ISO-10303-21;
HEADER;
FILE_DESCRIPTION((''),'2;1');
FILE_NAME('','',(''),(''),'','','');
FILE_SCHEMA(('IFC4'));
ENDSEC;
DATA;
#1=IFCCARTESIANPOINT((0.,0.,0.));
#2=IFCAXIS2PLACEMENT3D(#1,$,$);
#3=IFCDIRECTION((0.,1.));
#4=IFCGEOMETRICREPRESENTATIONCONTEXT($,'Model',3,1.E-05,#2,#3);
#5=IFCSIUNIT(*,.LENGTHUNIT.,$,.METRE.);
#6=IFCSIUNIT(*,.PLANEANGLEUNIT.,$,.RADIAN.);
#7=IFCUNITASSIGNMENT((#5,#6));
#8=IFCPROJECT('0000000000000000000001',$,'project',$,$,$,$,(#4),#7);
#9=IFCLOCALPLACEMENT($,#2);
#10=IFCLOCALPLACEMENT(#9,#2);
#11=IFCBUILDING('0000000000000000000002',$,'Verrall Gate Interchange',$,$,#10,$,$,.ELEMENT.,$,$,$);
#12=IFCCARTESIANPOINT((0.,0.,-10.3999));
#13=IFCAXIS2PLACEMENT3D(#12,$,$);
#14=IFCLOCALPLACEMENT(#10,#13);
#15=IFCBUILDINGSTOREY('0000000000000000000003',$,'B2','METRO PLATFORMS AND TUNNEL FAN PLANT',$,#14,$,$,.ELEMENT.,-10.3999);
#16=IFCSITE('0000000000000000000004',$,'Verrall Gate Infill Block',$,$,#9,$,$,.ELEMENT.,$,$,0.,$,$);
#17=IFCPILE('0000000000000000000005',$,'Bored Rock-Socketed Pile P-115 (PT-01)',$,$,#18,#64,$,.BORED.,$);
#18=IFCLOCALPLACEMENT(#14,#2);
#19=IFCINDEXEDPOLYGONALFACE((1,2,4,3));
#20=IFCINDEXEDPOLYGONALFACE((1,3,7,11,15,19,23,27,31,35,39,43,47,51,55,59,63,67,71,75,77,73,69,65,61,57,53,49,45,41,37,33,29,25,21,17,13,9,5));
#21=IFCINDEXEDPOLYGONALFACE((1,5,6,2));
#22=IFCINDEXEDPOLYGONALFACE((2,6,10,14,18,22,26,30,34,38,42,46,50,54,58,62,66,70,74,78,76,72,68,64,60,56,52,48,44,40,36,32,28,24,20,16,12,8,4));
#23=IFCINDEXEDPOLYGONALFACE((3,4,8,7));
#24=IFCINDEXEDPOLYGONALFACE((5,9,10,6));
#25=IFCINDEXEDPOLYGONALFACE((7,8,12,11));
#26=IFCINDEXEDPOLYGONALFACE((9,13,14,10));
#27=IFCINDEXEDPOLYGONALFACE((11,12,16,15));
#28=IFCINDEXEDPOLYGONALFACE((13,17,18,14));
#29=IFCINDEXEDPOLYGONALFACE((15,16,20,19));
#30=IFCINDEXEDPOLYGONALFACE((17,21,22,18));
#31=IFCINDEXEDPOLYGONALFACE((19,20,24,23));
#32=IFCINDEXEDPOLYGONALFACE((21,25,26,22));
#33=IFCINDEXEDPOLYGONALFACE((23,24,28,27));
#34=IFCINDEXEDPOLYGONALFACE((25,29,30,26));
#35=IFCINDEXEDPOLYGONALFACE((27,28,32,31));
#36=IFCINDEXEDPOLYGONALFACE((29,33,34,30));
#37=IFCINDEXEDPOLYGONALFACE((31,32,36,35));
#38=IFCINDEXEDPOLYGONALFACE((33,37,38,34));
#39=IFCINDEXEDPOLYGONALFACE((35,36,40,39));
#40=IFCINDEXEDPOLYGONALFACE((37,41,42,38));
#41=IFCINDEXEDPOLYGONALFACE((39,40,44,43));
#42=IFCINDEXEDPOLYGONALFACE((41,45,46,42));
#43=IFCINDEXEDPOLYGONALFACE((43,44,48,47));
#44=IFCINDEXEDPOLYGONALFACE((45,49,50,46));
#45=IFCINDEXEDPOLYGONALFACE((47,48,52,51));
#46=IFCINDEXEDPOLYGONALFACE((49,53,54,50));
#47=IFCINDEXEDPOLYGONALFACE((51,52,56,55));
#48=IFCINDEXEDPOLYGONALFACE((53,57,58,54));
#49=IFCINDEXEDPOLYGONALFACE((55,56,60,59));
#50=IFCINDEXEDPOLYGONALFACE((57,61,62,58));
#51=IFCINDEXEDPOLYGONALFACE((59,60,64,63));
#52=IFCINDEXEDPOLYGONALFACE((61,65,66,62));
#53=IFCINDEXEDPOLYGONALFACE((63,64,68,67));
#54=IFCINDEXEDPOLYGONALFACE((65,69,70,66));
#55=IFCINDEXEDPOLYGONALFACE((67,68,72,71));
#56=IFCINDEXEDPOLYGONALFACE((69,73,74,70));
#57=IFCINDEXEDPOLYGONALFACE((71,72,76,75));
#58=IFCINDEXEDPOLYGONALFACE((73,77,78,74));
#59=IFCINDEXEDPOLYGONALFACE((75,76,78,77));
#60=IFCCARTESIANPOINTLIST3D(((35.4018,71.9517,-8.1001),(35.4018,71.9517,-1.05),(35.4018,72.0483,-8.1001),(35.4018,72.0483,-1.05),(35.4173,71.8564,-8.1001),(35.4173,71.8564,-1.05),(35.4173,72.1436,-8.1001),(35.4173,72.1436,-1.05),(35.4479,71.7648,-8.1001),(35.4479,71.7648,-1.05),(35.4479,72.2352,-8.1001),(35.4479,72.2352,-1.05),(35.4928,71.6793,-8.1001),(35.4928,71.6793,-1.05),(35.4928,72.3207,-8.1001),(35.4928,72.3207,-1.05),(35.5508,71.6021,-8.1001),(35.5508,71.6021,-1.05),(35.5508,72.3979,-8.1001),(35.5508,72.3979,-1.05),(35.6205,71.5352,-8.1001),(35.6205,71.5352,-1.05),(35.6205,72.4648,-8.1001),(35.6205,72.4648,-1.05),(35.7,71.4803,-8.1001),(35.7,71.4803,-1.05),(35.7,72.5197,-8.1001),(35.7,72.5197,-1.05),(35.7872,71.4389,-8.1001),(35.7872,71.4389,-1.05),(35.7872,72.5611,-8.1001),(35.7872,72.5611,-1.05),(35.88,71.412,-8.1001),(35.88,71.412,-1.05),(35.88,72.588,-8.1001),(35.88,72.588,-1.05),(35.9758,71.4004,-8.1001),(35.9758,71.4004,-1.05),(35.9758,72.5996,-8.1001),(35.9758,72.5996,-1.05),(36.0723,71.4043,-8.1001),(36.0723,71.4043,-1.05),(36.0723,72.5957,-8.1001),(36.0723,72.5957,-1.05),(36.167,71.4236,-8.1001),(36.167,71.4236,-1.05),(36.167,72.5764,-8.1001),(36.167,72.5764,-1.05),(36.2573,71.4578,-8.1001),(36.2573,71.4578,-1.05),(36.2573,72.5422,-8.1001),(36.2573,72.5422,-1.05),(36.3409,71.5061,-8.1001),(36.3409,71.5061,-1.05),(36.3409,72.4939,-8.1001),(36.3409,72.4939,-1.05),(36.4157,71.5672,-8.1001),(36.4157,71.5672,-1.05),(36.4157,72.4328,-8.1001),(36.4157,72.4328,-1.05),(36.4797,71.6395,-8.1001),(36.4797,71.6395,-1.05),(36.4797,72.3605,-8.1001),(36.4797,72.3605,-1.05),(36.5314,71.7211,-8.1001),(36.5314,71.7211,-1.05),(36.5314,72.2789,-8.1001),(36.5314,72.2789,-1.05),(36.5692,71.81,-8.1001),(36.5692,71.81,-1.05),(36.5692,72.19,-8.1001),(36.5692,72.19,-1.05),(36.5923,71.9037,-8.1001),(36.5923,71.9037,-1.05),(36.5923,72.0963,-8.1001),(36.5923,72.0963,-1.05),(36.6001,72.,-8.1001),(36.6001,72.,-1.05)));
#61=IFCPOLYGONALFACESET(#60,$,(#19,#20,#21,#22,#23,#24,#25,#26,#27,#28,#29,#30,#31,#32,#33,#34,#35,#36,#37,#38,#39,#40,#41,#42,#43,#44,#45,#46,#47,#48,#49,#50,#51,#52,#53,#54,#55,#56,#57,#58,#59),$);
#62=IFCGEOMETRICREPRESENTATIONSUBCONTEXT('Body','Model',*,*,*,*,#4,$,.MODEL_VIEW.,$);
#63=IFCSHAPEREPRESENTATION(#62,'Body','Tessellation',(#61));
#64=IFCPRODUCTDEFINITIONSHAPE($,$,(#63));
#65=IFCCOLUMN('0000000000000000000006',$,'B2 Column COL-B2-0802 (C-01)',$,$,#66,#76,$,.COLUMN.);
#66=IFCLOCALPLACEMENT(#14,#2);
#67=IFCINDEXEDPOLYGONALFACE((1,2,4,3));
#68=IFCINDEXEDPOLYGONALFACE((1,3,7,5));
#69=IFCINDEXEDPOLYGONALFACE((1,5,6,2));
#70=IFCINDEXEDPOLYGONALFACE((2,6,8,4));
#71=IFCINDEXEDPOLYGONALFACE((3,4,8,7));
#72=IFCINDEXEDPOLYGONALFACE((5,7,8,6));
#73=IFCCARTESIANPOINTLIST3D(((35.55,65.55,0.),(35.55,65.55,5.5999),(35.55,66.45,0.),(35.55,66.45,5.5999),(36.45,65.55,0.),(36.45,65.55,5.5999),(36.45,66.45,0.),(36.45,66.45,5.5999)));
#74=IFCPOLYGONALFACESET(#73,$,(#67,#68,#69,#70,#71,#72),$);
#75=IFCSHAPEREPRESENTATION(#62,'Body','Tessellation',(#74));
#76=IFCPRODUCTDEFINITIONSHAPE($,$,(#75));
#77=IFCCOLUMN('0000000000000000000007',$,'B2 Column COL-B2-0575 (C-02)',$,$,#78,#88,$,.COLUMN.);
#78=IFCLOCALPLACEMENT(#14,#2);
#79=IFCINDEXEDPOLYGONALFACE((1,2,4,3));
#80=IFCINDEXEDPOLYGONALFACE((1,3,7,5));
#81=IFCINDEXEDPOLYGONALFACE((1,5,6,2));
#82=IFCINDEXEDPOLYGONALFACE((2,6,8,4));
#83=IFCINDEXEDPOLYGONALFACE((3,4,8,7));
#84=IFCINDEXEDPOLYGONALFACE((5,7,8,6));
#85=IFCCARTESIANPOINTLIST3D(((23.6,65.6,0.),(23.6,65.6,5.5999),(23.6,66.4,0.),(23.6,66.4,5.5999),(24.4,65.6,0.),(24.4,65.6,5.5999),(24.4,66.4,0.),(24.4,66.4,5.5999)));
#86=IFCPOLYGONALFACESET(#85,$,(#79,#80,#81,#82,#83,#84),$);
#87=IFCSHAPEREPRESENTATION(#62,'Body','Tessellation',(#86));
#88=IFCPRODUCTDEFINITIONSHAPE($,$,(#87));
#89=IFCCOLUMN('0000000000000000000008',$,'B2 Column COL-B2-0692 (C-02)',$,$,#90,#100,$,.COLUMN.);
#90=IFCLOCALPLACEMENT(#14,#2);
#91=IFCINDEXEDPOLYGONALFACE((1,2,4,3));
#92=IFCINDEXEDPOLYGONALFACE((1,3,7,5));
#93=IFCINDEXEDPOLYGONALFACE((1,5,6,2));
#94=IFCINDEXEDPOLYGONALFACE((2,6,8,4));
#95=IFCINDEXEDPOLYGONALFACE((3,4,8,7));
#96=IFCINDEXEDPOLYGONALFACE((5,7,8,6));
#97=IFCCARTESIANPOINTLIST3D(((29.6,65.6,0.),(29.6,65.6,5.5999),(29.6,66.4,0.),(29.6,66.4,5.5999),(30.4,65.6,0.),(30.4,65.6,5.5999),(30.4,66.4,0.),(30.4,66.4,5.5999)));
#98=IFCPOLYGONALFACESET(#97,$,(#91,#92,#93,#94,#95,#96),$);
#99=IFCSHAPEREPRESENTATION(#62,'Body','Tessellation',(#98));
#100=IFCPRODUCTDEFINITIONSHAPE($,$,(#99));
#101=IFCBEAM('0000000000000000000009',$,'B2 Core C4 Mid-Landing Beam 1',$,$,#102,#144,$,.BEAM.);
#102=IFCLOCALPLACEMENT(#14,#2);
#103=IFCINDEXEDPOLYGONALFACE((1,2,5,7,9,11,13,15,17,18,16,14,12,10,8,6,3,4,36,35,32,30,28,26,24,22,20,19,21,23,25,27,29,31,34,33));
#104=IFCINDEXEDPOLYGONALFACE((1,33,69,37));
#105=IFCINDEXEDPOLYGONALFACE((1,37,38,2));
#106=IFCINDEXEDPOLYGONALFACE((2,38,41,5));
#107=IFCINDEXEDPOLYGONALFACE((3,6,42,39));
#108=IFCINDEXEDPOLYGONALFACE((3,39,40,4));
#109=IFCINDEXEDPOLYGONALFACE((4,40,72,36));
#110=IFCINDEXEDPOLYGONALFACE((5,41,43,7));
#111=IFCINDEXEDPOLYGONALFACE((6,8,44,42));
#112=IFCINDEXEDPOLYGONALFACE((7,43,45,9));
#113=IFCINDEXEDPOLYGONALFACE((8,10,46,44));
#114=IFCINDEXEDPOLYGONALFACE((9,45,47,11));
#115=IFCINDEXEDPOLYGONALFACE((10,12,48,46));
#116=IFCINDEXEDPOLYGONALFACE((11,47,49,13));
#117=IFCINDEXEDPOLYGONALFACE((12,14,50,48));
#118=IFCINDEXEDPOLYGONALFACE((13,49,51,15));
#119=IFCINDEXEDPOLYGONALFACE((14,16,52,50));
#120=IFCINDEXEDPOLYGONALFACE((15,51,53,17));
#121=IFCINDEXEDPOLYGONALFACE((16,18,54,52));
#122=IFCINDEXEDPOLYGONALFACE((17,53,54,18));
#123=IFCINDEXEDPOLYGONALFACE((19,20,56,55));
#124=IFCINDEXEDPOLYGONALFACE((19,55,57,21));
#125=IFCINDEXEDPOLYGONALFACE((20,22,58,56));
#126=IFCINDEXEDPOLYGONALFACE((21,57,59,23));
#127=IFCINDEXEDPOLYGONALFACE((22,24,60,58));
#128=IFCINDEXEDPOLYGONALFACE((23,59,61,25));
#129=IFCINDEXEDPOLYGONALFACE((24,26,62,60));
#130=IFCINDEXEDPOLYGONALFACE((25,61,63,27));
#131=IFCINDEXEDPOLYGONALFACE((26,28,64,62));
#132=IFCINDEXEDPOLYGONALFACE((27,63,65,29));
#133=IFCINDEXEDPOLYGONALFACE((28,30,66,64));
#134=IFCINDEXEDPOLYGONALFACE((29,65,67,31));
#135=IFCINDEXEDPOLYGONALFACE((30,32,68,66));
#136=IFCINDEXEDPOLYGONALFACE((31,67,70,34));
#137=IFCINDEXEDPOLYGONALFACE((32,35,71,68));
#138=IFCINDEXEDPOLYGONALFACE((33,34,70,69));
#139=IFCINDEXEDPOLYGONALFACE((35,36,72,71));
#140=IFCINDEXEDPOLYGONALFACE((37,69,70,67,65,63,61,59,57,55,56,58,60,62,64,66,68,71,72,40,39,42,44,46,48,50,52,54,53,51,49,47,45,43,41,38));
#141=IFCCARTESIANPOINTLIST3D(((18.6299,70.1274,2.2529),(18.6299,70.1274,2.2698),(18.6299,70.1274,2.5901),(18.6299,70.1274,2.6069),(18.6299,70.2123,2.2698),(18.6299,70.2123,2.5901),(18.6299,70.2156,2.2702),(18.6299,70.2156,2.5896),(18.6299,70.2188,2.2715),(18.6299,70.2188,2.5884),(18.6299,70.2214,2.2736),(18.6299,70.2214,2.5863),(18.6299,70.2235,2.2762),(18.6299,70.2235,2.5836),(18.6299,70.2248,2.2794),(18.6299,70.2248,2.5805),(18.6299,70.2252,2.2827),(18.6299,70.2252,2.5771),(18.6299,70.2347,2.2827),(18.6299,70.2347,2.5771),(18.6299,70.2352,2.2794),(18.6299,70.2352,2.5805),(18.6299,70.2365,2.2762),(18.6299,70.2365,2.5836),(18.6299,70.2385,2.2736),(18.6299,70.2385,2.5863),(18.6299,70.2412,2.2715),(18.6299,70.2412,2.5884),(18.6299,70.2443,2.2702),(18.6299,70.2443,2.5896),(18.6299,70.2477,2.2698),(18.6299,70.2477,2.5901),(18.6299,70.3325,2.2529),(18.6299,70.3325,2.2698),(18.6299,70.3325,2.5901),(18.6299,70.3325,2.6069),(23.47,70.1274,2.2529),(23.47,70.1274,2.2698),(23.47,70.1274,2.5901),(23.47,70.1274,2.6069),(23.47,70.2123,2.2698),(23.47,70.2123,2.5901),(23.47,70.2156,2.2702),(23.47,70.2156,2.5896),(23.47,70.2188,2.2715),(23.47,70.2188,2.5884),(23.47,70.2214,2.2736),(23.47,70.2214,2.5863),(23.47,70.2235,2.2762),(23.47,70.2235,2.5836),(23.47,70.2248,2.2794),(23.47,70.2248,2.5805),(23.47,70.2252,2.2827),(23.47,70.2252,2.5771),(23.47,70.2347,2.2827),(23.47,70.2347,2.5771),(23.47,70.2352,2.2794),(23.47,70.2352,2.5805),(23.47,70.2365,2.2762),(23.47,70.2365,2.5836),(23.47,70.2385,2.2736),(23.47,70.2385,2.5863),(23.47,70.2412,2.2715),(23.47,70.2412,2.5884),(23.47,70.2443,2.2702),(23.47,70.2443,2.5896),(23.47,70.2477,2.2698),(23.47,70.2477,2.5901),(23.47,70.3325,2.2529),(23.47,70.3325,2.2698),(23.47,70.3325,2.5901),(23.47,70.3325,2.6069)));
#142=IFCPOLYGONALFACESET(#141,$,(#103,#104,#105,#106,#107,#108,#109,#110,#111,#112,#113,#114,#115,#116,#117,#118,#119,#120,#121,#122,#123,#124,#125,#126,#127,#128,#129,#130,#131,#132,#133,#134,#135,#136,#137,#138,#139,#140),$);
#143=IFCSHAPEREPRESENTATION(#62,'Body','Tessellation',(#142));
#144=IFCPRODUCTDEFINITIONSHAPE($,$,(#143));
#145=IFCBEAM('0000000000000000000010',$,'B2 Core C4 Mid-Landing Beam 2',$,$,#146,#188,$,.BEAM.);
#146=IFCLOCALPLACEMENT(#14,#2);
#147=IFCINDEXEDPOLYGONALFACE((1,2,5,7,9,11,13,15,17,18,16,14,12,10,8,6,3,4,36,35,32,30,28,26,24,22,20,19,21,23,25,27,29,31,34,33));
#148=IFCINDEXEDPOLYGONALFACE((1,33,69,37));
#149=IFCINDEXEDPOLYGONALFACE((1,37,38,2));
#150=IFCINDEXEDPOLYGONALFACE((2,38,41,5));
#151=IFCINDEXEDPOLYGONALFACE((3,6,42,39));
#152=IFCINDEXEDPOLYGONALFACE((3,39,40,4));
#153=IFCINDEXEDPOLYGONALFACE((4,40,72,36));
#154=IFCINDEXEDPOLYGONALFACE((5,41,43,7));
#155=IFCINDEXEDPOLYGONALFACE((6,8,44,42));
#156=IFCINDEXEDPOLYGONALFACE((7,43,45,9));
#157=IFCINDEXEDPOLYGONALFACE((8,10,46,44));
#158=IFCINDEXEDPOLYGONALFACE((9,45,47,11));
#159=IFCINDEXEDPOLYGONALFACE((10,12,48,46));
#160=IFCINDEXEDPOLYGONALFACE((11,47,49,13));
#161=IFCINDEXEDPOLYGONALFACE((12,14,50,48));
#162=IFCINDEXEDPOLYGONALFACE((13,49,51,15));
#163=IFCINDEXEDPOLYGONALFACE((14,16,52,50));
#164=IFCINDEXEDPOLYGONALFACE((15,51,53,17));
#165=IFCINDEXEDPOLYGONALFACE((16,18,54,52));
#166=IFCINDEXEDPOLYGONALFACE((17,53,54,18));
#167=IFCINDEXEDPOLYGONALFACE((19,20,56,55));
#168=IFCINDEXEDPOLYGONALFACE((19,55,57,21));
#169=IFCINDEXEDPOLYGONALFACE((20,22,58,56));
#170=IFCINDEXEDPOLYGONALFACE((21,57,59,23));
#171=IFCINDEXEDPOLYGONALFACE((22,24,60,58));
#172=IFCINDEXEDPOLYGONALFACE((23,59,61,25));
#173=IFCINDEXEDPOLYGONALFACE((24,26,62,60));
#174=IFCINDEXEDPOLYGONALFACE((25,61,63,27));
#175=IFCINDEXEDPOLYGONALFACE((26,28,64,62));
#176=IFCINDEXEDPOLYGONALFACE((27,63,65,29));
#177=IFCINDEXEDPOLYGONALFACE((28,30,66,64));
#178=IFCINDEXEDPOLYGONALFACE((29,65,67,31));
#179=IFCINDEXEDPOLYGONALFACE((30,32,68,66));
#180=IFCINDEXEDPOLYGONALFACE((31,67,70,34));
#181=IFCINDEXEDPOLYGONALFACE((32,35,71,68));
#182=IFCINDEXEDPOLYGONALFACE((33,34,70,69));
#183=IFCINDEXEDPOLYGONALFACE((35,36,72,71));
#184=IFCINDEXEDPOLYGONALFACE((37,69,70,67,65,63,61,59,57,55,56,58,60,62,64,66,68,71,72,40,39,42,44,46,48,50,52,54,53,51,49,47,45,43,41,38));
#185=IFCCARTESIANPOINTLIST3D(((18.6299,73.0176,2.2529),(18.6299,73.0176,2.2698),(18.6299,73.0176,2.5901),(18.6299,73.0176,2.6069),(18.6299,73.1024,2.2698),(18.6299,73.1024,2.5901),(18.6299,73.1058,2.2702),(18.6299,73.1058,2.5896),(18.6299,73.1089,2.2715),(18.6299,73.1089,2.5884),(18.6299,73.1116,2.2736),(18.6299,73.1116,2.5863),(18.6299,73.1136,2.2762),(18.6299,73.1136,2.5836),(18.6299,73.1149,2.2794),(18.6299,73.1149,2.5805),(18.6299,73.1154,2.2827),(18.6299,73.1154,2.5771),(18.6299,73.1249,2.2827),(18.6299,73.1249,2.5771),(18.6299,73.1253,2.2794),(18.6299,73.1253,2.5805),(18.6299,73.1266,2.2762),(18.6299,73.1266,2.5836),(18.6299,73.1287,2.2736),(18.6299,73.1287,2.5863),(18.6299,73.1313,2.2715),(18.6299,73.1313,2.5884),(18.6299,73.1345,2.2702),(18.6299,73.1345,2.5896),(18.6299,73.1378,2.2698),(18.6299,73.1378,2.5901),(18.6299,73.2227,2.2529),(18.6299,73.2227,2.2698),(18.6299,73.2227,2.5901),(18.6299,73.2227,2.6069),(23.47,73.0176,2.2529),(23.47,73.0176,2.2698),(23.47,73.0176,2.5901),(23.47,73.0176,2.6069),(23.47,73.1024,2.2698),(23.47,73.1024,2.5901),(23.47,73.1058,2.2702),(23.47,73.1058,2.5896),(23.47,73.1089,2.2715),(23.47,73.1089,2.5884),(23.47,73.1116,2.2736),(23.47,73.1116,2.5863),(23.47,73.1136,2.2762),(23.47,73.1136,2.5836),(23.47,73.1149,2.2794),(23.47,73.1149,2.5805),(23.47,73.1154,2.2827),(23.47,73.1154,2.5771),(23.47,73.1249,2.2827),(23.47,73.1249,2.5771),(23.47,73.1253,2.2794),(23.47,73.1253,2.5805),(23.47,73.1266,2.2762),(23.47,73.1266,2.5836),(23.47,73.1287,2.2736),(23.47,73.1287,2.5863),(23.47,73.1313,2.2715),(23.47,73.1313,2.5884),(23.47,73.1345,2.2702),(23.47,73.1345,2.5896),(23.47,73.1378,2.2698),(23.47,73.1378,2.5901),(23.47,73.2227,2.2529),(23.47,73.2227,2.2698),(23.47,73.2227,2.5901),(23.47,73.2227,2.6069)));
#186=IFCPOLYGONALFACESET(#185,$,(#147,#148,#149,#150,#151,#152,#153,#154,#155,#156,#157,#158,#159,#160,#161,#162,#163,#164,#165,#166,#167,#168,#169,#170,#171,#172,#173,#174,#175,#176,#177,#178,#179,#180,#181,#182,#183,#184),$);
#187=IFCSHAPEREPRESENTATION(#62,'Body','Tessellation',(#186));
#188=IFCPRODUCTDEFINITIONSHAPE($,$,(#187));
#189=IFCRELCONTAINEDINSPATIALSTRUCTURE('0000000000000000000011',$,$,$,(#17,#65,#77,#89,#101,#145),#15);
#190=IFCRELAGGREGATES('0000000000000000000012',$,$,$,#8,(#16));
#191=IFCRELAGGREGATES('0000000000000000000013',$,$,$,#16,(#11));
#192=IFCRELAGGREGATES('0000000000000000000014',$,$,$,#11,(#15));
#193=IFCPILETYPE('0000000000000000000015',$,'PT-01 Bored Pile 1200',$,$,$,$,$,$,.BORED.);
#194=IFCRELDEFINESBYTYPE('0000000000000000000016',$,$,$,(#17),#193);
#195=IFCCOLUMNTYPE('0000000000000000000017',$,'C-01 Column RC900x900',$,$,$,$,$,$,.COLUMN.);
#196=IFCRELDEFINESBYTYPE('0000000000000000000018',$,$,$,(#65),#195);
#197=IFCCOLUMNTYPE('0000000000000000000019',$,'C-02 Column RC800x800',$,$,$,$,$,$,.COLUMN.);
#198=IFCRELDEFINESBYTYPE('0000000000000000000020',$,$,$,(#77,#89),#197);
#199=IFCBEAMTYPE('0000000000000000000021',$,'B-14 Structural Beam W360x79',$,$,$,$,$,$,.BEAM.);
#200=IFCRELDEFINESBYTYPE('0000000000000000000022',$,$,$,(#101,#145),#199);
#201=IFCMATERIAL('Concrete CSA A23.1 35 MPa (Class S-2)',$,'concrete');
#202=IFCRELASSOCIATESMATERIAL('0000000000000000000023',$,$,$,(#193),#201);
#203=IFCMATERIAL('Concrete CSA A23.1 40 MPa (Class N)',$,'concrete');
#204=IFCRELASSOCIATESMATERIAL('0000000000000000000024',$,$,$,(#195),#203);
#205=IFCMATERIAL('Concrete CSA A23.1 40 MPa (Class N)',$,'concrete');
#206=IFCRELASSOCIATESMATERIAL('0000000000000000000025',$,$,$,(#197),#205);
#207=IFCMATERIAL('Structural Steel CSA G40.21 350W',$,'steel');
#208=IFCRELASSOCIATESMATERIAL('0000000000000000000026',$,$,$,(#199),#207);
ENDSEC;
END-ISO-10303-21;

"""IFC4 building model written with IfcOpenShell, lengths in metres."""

from ifc_helpers import new_model, si_unit, direction, frame, origin, origin_2d, place, context, subcontext, project, spatial, rectangle, circle, i_section, extrude, material, material_profile, profile_set, type_object, element, save


model = new_model("IFC4")

# Units and contexts
model_context = context("Model", 3, precision=1e-05, world=origin(), true_north=direction((0.0, 1.0)))
body_context = subcontext(model_context, "Body", "Model", "MODEL_VIEW")
ifc_project = project(units=[si_unit("LENGTHUNIT", "METRE"), si_unit("PLANEANGLEUNIT", "RADIAN")], contexts=[model_context])

# Site, building, storey
site_placement = place(None, origin())
site = spatial("IfcSite", under=ifc_project, at=site_placement, Name="Verrall Gate Infill Block", CompositionType="ELEMENT", RefElevation=0.0)
building_placement = place(site_placement, origin())
building = spatial("IfcBuilding", under=site, at=building_placement, Name="Verrall Gate Interchange", CompositionType="ELEMENT")
storey_placement = place(building_placement, frame((0.0, 0.0, -10.3999)))
storey = spatial("IfcBuildingStorey", under=building, at=storey_placement, Name="B2", Description="METRO PLATFORMS AND TUNNEL FAN PLANT", CompositionType="ELEMENT", Elevation=-10.3999)

# Pile
ifc_material_1 = material(Name="Concrete CSA A23.1 35 MPa (Class S-2)", Category="concrete")
ifc_material_profile_1 = material_profile(ifc_material_1, circle(Radius=0.6001, at=origin_2d()), Name="PILE1200D")
ifc_profile_set_1 = profile_set([ifc_material_profile_1], Name="Concrete CSA A23.1 35 MPa (Class S-2)")
pile_type = type_object("IfcPileType", Name="PT-01 Bored Pile 1200", PredefinedType="BORED", material=ifc_profile_set_1)
for number, where, z_axis, x_axis, name in (
    (1, (36.0, 72.0, -1.05), (0.0, 0.0, -1.0), (1.0, 0.0, 0.0), "Bored Rock-Socketed Pile P-115 (PT-01)"),
):
    element("IfcPile", number, at=place(storey_placement, frame(where, z_axis=z_axis, x_axis=x_axis)), inside=storey, type_object=pile_type, Name=name, PredefinedType="BORED", context=body_context, shape_type="SweptSolid", body=[
        extrude(circle(Radius=0.6001, at=origin_2d()), origin(), (0.0, 0.0, 1.0), 7.05),
    ])

# Columns
ifc_material_2 = material(Name="Concrete CSA A23.1 40 MPa (Class N)", Category="concrete")
ifc_material_profile_2 = material_profile(ifc_material_2, rectangle(XDim=0.8999, YDim=0.8999, at=origin_2d()), Name="RC900x900")
ifc_profile_set_2 = profile_set([ifc_material_profile_2], Name="Concrete CSA A23.1 40 MPa (Class N)")
column_type_1 = type_object("IfcColumnType", Name="C-01 Column RC900x900", PredefinedType="COLUMN", material=ifc_profile_set_2)
column_placement = place(storey_placement, frame((36.0, 66.0, 0.0), z_axis=(0.0, 0.0, 1.0), x_axis=(1.0, 0.0, 0.0)))
element("IfcColumn", 2, at=column_placement, inside=storey, type_object=column_type_1, Name="B2 Column COL-B2-0802 (C-01)", PredefinedType="COLUMN", context=body_context, shape_type="SweptSolid", body=[
    extrude(rectangle(XDim=0.8999, YDim=0.8999, at=origin_2d()), origin(), (0.0, 0.0, 1.0), 5.5999),
])
ifc_material_3 = material(Name="Concrete CSA A23.1 40 MPa (Class N)", Category="concrete")
ifc_material_profile_3 = material_profile(ifc_material_3, rectangle(XDim=0.8, YDim=0.8, at=origin_2d()), Name="RC800x800")
ifc_profile_set_3 = profile_set([ifc_material_profile_3], Name="Concrete CSA A23.1 40 MPa (Class N)")
column_type_2 = type_object("IfcColumnType", Name="C-02 Column RC800x800", PredefinedType="COLUMN", material=ifc_profile_set_3)
for number, where, z_axis, x_axis, name in (
    (3, (24.0, 66.0, 0.0), (0.0, 0.0, 1.0), (1.0, 0.0, 0.0), "B2 Column COL-B2-0575 (C-02)"),
    (4, (30.0, 66.0, 0.0), (0.0, 0.0, 1.0), (1.0, 0.0, 0.0), "B2 Column COL-B2-0692 (C-02)"),
):
    element("IfcColumn", number, at=place(storey_placement, frame(where, z_axis=z_axis, x_axis=x_axis)), inside=storey, type_object=column_type_2, Name=name, PredefinedType="COLUMN", context=body_context, shape_type="SweptSolid", body=[
        extrude(rectangle(XDim=0.8, YDim=0.8, at=origin_2d()), origin(), (0.0, 0.0, 1.0), 5.5999),
    ])

# Beams
ifc_material_4 = material(Name="Structural Steel CSA G40.21 350W", Category="steel")
ifc_material_profile_4 = material_profile(ifc_material_4, i_section(OverallWidth=0.2051, OverallDepth=0.354, WebThickness=0.0095, FlangeThickness=0.0168, FilletRadius=0.0129, at=origin_2d()), Name="W360x79")
ifc_profile_set_4 = profile_set([ifc_material_profile_4], Name="Structural Steel CSA G40.21 350W")
beam_type = type_object("IfcBeamType", Name="B-14 Structural Beam W360x79", PredefinedType="BEAM", material=ifc_profile_set_4)
for number, where, z_axis, x_axis, name in (
    (5, (18.6299, 70.23, 2.4299), (1.0, 0.0, 0.0), (0.0, 1.0, 0.0), "B2 Core C4 Mid-Landing Beam 1"),
    (6, (18.6299, 73.1201, 2.4299), (1.0, 0.0, 0.0), (0.0, 1.0, 0.0), "B2 Core C4 Mid-Landing Beam 2"),
):
    element("IfcBeam", number, at=place(storey_placement, frame(where, z_axis=z_axis, x_axis=x_axis)), inside=storey, type_object=beam_type, Name=name, PredefinedType="BEAM", context=body_context, shape_type="SweptSolid", body=[
        extrude(i_section(OverallWidth=0.2051, OverallDepth=0.354, WebThickness=0.0095, FlangeThickness=0.0168, FilletRadius=0.0129, at=origin_2d()), origin(), (0.0, 0.0, 1.0), 4.8401),
    ])

save(model, "model.ifc")
